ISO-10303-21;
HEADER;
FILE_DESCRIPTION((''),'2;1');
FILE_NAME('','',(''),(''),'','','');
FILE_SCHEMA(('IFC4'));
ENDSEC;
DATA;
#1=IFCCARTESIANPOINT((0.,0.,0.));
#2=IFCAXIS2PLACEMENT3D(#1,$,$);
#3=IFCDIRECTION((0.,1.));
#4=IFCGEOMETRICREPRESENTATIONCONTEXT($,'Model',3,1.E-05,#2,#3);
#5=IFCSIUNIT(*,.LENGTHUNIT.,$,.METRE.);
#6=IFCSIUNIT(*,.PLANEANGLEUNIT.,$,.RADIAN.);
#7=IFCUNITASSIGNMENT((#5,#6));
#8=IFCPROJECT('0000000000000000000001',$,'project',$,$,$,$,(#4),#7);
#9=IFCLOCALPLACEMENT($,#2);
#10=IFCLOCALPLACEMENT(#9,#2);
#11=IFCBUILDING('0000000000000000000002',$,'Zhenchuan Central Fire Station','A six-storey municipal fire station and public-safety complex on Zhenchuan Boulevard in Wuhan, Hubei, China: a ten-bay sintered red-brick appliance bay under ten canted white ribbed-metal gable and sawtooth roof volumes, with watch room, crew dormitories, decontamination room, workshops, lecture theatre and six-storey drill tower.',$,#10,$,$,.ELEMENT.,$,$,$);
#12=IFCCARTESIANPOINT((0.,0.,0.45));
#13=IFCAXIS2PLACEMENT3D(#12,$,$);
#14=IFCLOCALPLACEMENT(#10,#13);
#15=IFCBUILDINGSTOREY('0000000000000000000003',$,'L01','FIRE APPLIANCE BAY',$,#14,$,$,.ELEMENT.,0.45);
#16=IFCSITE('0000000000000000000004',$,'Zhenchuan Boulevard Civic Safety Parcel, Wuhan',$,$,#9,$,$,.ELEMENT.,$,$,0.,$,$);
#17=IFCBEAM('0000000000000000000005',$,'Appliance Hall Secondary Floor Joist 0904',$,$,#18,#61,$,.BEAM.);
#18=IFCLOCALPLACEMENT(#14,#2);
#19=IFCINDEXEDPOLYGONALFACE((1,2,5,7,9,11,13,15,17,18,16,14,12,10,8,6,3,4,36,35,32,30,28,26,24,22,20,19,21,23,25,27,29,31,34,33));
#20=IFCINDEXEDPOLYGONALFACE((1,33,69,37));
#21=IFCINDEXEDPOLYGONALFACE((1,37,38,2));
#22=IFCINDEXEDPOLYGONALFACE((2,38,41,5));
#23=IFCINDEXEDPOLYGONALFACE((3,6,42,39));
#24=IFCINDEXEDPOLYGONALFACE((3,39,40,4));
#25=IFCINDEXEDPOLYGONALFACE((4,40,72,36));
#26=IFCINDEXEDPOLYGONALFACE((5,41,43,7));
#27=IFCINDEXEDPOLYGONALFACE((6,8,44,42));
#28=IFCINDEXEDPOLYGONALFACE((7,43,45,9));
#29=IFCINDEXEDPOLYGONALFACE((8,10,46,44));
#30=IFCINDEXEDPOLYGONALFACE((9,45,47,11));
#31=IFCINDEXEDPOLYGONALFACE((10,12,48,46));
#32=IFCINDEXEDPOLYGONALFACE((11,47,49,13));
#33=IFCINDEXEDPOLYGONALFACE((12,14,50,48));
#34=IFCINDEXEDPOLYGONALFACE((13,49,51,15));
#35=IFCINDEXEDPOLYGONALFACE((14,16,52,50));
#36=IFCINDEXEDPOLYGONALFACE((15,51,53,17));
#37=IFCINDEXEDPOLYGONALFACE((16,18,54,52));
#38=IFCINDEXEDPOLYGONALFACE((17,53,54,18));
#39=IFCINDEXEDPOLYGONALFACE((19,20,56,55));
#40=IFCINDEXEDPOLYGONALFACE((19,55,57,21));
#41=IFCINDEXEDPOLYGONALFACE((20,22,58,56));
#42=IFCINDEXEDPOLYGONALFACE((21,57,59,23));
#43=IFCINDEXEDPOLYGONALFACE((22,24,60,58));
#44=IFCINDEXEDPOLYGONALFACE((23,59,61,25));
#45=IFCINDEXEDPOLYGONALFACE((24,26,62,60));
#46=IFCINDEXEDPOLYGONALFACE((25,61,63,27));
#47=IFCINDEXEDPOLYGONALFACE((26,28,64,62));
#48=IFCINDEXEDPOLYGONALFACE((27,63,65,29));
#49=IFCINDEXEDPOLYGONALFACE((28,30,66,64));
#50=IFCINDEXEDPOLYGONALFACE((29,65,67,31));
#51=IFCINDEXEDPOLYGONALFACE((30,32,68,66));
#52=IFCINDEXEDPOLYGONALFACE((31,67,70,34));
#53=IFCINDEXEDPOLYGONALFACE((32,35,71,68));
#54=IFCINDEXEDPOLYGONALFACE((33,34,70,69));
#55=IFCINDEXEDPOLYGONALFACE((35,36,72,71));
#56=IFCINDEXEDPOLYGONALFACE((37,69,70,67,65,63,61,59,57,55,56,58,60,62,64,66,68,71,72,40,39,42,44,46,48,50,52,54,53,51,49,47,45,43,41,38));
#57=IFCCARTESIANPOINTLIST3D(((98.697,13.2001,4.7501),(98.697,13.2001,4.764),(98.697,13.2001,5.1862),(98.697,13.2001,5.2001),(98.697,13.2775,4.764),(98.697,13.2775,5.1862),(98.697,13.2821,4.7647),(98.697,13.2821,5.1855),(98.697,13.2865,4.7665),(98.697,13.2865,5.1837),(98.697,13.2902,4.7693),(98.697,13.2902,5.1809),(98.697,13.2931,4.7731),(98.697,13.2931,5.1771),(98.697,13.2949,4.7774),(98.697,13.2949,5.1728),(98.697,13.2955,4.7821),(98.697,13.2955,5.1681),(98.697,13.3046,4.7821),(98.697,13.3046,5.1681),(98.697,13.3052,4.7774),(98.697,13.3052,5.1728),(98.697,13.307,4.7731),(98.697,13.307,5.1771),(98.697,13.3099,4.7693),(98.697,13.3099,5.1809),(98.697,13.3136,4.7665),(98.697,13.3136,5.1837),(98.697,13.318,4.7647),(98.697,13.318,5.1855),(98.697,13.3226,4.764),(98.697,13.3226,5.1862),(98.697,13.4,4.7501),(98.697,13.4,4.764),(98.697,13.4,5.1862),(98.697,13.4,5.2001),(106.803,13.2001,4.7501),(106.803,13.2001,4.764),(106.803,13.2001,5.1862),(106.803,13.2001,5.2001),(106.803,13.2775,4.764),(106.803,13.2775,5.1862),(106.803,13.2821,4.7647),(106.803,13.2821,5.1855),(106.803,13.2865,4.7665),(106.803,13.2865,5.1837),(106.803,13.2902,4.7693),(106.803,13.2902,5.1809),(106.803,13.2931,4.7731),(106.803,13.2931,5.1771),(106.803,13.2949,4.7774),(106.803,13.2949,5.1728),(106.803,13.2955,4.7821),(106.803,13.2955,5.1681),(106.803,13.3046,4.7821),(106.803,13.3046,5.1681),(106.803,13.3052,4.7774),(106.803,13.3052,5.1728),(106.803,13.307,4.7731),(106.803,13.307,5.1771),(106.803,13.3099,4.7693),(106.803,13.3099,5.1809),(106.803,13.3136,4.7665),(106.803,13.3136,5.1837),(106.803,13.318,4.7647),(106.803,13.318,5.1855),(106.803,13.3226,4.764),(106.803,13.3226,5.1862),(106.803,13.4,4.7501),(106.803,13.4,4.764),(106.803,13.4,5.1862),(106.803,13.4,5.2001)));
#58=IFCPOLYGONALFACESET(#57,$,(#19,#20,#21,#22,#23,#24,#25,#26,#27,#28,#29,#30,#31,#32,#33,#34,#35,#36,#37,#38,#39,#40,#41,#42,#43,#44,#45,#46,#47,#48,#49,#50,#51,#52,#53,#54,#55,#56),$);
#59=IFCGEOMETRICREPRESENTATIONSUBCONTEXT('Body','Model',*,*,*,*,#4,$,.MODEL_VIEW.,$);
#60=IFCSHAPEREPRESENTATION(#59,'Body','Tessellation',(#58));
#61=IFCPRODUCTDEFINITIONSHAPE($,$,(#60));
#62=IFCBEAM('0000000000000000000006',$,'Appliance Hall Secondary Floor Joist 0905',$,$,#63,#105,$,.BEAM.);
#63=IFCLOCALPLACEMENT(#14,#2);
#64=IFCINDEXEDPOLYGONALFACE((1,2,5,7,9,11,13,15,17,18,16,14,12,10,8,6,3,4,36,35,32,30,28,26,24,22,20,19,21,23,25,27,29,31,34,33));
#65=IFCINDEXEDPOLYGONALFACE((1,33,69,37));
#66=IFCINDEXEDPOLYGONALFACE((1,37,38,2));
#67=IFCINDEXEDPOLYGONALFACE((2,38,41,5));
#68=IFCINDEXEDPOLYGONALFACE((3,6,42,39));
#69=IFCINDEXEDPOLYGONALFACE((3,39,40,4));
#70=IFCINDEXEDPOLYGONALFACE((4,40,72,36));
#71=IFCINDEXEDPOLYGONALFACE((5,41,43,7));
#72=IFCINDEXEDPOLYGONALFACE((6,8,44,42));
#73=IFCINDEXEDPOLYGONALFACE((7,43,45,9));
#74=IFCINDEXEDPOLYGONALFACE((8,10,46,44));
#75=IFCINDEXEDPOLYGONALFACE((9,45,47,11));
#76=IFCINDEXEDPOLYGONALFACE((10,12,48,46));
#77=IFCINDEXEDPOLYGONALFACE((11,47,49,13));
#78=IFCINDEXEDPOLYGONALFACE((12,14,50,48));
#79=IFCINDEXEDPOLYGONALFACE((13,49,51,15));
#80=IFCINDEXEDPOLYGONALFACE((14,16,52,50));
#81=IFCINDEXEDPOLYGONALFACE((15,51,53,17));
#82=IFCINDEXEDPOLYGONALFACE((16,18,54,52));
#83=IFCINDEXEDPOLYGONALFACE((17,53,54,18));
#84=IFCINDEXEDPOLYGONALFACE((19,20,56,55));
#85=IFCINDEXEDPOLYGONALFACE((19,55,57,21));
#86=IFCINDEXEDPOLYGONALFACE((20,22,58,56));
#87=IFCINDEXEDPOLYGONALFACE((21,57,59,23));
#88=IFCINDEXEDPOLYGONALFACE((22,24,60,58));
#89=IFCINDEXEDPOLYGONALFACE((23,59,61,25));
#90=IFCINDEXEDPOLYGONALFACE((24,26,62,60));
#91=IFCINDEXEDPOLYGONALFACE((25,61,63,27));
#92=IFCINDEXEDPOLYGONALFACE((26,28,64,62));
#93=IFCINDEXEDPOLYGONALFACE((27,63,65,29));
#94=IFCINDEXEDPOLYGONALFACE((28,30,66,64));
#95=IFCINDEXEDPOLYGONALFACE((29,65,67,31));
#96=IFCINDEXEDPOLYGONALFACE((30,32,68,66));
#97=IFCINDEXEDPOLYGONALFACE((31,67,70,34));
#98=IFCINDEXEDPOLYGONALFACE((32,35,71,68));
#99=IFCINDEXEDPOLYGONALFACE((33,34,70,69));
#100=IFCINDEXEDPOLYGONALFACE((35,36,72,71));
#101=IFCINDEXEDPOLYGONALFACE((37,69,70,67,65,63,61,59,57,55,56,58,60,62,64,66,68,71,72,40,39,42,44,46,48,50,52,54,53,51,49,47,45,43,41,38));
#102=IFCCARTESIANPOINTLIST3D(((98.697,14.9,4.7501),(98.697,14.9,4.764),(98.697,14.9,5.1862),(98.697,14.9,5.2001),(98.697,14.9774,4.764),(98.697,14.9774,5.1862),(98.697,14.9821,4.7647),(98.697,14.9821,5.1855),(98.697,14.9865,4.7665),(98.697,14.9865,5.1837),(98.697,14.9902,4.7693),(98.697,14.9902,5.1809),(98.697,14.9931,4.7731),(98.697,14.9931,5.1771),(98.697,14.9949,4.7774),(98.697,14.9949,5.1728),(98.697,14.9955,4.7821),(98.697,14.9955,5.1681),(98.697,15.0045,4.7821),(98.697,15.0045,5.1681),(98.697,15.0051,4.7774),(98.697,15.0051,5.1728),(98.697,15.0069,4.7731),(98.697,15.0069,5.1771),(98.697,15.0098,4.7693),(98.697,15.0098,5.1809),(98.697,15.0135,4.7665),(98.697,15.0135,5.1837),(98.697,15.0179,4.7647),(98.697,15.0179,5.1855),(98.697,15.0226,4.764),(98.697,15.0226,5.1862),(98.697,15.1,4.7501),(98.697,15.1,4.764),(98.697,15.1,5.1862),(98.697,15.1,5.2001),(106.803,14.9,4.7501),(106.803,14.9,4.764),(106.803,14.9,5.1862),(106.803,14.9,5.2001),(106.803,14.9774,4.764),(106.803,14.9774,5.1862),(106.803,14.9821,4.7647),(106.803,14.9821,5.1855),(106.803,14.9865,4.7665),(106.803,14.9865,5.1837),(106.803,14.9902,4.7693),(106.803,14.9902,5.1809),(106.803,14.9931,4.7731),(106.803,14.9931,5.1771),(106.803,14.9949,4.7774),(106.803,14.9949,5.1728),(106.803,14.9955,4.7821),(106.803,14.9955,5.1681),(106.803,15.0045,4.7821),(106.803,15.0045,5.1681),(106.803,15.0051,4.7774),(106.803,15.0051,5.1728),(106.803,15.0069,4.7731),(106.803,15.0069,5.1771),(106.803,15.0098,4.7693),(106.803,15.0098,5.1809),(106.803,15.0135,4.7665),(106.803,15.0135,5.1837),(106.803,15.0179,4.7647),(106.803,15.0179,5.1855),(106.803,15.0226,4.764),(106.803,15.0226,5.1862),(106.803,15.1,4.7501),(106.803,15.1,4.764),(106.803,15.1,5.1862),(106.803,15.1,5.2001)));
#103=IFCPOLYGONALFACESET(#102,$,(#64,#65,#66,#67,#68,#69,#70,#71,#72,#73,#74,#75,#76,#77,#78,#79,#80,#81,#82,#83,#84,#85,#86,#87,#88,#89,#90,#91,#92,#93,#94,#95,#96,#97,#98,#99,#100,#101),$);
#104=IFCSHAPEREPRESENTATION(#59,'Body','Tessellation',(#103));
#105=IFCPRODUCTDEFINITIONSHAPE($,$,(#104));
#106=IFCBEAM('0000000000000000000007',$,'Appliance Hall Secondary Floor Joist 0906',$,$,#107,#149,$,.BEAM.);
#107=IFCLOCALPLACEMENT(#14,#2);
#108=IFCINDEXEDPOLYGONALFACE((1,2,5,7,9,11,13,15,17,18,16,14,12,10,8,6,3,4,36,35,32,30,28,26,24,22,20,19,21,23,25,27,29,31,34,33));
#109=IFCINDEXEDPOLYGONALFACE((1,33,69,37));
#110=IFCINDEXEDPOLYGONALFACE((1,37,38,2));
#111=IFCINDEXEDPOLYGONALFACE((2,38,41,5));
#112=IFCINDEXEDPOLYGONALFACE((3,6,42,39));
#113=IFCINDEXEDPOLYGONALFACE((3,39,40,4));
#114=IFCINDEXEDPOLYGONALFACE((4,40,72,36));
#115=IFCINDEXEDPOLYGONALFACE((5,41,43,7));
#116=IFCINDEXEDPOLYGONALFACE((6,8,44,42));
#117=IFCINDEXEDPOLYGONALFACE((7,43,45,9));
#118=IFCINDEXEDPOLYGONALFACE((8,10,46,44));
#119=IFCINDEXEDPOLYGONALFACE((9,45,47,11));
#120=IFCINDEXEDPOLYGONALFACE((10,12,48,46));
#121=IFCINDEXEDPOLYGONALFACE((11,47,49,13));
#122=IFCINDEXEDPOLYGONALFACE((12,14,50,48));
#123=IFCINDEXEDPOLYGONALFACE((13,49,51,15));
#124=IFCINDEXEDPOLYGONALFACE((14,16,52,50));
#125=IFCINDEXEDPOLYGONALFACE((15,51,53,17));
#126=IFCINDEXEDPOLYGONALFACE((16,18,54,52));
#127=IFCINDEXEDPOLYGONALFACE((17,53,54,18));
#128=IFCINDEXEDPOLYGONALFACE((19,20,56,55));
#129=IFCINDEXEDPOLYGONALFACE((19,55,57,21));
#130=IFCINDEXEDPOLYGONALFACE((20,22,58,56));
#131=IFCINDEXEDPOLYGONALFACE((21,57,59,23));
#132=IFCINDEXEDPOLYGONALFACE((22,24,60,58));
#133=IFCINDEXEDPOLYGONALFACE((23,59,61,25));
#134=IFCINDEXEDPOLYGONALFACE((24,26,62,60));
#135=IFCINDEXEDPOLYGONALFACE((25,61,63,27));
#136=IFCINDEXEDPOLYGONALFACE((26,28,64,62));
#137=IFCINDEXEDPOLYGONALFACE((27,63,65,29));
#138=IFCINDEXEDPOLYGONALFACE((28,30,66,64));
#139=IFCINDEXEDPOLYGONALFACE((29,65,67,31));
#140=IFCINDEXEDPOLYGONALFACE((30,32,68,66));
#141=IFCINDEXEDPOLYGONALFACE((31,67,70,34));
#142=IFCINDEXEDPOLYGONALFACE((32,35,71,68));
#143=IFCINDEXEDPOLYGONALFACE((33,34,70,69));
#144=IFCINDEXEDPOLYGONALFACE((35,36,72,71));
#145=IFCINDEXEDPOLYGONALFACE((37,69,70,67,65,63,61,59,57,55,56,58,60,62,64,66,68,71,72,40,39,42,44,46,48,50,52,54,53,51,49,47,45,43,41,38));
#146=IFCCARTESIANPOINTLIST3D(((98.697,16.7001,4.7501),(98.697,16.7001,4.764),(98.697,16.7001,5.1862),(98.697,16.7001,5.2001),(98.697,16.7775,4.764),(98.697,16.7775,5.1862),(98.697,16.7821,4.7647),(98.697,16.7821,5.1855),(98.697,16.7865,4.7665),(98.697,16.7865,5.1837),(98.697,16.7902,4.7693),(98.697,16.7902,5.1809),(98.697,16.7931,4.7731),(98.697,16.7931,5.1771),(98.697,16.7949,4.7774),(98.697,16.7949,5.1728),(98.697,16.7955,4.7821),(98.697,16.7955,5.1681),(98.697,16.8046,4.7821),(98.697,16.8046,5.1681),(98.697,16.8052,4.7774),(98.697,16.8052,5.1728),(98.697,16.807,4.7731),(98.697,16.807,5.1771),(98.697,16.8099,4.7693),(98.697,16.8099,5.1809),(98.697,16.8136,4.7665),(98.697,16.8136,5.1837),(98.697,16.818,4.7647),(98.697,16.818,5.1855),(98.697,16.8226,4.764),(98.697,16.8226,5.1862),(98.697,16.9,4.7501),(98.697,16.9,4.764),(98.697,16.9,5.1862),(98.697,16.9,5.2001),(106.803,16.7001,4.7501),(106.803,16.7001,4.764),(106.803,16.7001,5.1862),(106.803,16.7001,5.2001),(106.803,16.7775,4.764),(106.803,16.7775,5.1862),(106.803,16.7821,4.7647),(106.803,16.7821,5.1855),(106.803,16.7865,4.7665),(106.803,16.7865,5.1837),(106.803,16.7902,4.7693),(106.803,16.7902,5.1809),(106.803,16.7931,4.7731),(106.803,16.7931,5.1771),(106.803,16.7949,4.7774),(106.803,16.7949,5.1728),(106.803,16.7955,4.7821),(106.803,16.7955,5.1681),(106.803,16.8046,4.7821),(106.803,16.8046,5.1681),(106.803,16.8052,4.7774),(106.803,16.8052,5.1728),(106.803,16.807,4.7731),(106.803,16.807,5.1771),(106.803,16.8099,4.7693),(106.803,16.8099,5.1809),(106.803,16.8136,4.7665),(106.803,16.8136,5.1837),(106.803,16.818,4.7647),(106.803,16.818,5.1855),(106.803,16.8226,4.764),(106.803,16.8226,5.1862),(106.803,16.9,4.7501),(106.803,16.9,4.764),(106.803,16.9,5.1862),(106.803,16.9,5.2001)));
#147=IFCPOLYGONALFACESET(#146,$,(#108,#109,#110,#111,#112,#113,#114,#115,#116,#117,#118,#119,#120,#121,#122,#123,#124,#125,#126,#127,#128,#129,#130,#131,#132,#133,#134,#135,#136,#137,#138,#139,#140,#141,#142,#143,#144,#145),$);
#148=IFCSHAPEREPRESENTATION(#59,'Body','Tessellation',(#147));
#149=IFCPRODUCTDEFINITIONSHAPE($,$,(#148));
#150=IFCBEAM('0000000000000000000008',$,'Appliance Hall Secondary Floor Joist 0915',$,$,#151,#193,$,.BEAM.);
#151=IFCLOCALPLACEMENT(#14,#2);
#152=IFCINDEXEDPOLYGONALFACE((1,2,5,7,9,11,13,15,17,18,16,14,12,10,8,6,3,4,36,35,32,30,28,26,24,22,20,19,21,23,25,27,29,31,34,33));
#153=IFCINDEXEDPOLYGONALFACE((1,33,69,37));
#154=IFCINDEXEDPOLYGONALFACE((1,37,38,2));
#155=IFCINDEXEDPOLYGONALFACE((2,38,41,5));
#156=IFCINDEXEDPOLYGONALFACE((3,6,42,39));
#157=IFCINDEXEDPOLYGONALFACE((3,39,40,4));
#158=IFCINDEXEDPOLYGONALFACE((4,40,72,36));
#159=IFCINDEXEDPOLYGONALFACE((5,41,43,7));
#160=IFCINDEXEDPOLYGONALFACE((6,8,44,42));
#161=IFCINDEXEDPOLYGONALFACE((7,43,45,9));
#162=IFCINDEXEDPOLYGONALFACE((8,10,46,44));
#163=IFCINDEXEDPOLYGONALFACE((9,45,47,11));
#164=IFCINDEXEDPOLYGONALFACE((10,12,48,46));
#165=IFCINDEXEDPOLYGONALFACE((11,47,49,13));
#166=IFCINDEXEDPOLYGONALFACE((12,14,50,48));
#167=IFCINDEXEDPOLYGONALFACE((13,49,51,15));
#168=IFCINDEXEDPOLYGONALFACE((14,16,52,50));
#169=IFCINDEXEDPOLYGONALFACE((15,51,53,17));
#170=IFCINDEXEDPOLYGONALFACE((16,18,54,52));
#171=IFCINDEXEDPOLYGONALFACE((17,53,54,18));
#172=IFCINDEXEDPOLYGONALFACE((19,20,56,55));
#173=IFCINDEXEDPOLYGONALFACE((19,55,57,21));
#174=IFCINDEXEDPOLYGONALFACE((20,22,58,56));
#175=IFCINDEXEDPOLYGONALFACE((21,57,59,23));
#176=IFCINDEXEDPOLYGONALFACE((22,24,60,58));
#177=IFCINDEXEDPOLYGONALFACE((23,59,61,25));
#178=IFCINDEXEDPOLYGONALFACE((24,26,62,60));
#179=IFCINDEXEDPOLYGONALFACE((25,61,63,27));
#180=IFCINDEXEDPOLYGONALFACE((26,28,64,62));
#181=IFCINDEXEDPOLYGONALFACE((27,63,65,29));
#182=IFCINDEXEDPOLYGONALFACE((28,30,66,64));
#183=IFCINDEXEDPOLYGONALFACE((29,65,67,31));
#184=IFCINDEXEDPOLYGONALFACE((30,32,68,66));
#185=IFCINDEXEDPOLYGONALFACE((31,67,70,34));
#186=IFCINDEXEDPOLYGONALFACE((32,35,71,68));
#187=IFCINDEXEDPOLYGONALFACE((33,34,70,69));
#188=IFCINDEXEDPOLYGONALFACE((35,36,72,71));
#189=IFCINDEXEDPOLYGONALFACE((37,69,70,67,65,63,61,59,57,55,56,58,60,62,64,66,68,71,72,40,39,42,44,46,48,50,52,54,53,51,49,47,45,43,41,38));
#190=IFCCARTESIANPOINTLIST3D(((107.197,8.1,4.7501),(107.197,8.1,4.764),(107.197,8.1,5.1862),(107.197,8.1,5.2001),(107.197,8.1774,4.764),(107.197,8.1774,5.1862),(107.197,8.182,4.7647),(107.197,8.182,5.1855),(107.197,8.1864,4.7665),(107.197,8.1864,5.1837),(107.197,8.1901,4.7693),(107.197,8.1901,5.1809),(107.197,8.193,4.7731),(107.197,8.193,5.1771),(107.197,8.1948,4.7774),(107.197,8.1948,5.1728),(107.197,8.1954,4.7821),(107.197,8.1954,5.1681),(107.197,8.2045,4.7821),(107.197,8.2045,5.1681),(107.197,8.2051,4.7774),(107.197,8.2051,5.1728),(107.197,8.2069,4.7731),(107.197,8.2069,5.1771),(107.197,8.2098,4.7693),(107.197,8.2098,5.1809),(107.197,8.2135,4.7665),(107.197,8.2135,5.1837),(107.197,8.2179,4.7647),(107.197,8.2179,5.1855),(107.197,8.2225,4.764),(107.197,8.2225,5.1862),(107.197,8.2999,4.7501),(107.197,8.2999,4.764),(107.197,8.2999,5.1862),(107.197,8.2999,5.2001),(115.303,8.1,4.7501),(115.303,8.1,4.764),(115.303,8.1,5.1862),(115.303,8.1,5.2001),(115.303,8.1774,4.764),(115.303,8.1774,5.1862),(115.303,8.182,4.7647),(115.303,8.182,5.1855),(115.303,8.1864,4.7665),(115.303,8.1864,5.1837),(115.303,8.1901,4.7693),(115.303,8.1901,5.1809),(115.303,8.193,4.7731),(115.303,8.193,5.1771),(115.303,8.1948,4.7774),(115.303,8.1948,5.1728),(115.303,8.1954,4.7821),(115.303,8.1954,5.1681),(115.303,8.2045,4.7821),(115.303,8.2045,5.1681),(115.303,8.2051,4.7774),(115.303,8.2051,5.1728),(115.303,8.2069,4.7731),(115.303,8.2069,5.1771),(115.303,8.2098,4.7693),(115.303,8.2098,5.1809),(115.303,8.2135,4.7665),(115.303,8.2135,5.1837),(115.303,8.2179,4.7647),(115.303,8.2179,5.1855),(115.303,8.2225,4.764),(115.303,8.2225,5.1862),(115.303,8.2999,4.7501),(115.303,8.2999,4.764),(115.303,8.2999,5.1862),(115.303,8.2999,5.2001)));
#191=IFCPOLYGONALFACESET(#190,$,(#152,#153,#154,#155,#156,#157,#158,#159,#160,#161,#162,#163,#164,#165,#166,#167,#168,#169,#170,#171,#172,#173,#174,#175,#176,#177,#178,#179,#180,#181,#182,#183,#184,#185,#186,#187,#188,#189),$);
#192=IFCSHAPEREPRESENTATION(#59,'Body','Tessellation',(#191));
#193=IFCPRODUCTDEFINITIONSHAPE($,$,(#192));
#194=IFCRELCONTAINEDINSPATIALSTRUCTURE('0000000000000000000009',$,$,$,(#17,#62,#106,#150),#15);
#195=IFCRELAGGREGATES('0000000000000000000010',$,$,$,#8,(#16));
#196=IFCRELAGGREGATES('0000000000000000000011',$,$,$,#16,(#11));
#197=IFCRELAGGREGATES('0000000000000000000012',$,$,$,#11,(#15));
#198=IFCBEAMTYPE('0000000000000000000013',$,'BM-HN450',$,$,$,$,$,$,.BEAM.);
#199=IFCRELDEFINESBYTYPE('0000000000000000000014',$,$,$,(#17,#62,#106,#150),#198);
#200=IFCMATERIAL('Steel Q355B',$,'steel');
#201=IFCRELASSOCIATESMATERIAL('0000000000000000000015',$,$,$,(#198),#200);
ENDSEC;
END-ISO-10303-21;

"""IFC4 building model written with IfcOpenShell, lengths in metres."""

from ifc_helpers import new_model, si_unit, direction, frame, origin, origin_2d, place, context, subcontext, project, spatial, i_section, extrude, material, material_profile, profile_set, type_object, element, save


model = new_model("IFC4")

# Units and contexts
model_context = context("Model", 3, precision=1e-05, world=origin(), true_north=direction((0.0, 1.0)))
body_context = subcontext(model_context, "Body", "Model", "MODEL_VIEW")
ifc_project = project(units=[si_unit("LENGTHUNIT", "METRE"), si_unit("PLANEANGLEUNIT", "RADIAN")], contexts=[model_context])

# Site, building, storey
site_placement = place(None, origin())
site = spatial("IfcSite", under=ifc_project, at=site_placement, Name="Zhenchuan Boulevard Civic Safety Parcel, Wuhan", CompositionType="ELEMENT", RefElevation=0.0)
building_placement = place(site_placement, origin())
building = spatial("IfcBuilding", under=site, at=building_placement, Name="Zhenchuan Central Fire Station", Description="A six-storey municipal fire station and public-safety complex on Zhenchuan Boulevard in Wuhan, Hubei, China: a ten-bay sintered red-brick appliance bay under ten canted white ribbed-metal gable and sawtooth roof volumes, with watch room, crew dormitories, decontamination room, workshops, lecture theatre and six-storey drill tower.", CompositionType="ELEMENT")
storey_placement = place(building_placement, frame((0.0, 0.0, 0.45)))
storey = spatial("IfcBuildingStorey", under=building, at=storey_placement, Name="L01", Description="FIRE APPLIANCE BAY", CompositionType="ELEMENT", Elevation=0.45)

# Shared definitions
ifc_material_1 = material(Name="Steel Q355B", Category="steel")

# Beams
ifc_material_profile_1 = material_profile(ifc_material_1, i_section(OverallWidth=0.2, OverallDepth=0.45, WebThickness=0.009, FlangeThickness=0.0139, FilletRadius=0.0181, at=origin_2d()), Name="HN 450x200")
ifc_profile_set_1 = profile_set([ifc_material_profile_1], Name="Steel Q355B")
beam_type_1 = type_object("IfcBeamType", Name="BM-HN450", PredefinedType="BEAM", material=ifc_profile_set_1)
for number, where, z_axis, x_axis, name in (
    (1, (98.697, 13.3, 4.9751), (1.0, 0.0, 0.0), (0.0, 1.0, 0.0), "Appliance Hall Secondary Floor Joist 0904"),
    (2, (98.697, 15.0, 4.9751), (1.0, 0.0, 0.0), (0.0, 1.0, 0.0), "Appliance Hall Secondary Floor Joist 0905"),
    (3, (98.697, 16.8, 4.9751), (1.0, 0.0, 0.0), (0.0, 1.0, 0.0), "Appliance Hall Secondary Floor Joist 0906"),
    (4, (107.197, 8.2, 4.9751), (1.0, 0.0, 0.0), (0.0, 1.0, 0.0), "Appliance Hall Secondary Floor Joist 0915"),
):
    element("IfcBeam", number, at=place(storey_placement, frame(where, z_axis=z_axis, x_axis=x_axis)), inside=storey, type_object=beam_type_1, Name=name, PredefinedType="BEAM", context=body_context, shape_type="SweptSolid", body=[
        extrude(i_section(OverallWidth=0.2, OverallDepth=0.45, WebThickness=0.009, FlangeThickness=0.0139, FilletRadius=0.0181, at=origin_2d()), origin(), (0.0, 0.0, 1.0), 8.106),
    ])

save(model, "model.ifc")
